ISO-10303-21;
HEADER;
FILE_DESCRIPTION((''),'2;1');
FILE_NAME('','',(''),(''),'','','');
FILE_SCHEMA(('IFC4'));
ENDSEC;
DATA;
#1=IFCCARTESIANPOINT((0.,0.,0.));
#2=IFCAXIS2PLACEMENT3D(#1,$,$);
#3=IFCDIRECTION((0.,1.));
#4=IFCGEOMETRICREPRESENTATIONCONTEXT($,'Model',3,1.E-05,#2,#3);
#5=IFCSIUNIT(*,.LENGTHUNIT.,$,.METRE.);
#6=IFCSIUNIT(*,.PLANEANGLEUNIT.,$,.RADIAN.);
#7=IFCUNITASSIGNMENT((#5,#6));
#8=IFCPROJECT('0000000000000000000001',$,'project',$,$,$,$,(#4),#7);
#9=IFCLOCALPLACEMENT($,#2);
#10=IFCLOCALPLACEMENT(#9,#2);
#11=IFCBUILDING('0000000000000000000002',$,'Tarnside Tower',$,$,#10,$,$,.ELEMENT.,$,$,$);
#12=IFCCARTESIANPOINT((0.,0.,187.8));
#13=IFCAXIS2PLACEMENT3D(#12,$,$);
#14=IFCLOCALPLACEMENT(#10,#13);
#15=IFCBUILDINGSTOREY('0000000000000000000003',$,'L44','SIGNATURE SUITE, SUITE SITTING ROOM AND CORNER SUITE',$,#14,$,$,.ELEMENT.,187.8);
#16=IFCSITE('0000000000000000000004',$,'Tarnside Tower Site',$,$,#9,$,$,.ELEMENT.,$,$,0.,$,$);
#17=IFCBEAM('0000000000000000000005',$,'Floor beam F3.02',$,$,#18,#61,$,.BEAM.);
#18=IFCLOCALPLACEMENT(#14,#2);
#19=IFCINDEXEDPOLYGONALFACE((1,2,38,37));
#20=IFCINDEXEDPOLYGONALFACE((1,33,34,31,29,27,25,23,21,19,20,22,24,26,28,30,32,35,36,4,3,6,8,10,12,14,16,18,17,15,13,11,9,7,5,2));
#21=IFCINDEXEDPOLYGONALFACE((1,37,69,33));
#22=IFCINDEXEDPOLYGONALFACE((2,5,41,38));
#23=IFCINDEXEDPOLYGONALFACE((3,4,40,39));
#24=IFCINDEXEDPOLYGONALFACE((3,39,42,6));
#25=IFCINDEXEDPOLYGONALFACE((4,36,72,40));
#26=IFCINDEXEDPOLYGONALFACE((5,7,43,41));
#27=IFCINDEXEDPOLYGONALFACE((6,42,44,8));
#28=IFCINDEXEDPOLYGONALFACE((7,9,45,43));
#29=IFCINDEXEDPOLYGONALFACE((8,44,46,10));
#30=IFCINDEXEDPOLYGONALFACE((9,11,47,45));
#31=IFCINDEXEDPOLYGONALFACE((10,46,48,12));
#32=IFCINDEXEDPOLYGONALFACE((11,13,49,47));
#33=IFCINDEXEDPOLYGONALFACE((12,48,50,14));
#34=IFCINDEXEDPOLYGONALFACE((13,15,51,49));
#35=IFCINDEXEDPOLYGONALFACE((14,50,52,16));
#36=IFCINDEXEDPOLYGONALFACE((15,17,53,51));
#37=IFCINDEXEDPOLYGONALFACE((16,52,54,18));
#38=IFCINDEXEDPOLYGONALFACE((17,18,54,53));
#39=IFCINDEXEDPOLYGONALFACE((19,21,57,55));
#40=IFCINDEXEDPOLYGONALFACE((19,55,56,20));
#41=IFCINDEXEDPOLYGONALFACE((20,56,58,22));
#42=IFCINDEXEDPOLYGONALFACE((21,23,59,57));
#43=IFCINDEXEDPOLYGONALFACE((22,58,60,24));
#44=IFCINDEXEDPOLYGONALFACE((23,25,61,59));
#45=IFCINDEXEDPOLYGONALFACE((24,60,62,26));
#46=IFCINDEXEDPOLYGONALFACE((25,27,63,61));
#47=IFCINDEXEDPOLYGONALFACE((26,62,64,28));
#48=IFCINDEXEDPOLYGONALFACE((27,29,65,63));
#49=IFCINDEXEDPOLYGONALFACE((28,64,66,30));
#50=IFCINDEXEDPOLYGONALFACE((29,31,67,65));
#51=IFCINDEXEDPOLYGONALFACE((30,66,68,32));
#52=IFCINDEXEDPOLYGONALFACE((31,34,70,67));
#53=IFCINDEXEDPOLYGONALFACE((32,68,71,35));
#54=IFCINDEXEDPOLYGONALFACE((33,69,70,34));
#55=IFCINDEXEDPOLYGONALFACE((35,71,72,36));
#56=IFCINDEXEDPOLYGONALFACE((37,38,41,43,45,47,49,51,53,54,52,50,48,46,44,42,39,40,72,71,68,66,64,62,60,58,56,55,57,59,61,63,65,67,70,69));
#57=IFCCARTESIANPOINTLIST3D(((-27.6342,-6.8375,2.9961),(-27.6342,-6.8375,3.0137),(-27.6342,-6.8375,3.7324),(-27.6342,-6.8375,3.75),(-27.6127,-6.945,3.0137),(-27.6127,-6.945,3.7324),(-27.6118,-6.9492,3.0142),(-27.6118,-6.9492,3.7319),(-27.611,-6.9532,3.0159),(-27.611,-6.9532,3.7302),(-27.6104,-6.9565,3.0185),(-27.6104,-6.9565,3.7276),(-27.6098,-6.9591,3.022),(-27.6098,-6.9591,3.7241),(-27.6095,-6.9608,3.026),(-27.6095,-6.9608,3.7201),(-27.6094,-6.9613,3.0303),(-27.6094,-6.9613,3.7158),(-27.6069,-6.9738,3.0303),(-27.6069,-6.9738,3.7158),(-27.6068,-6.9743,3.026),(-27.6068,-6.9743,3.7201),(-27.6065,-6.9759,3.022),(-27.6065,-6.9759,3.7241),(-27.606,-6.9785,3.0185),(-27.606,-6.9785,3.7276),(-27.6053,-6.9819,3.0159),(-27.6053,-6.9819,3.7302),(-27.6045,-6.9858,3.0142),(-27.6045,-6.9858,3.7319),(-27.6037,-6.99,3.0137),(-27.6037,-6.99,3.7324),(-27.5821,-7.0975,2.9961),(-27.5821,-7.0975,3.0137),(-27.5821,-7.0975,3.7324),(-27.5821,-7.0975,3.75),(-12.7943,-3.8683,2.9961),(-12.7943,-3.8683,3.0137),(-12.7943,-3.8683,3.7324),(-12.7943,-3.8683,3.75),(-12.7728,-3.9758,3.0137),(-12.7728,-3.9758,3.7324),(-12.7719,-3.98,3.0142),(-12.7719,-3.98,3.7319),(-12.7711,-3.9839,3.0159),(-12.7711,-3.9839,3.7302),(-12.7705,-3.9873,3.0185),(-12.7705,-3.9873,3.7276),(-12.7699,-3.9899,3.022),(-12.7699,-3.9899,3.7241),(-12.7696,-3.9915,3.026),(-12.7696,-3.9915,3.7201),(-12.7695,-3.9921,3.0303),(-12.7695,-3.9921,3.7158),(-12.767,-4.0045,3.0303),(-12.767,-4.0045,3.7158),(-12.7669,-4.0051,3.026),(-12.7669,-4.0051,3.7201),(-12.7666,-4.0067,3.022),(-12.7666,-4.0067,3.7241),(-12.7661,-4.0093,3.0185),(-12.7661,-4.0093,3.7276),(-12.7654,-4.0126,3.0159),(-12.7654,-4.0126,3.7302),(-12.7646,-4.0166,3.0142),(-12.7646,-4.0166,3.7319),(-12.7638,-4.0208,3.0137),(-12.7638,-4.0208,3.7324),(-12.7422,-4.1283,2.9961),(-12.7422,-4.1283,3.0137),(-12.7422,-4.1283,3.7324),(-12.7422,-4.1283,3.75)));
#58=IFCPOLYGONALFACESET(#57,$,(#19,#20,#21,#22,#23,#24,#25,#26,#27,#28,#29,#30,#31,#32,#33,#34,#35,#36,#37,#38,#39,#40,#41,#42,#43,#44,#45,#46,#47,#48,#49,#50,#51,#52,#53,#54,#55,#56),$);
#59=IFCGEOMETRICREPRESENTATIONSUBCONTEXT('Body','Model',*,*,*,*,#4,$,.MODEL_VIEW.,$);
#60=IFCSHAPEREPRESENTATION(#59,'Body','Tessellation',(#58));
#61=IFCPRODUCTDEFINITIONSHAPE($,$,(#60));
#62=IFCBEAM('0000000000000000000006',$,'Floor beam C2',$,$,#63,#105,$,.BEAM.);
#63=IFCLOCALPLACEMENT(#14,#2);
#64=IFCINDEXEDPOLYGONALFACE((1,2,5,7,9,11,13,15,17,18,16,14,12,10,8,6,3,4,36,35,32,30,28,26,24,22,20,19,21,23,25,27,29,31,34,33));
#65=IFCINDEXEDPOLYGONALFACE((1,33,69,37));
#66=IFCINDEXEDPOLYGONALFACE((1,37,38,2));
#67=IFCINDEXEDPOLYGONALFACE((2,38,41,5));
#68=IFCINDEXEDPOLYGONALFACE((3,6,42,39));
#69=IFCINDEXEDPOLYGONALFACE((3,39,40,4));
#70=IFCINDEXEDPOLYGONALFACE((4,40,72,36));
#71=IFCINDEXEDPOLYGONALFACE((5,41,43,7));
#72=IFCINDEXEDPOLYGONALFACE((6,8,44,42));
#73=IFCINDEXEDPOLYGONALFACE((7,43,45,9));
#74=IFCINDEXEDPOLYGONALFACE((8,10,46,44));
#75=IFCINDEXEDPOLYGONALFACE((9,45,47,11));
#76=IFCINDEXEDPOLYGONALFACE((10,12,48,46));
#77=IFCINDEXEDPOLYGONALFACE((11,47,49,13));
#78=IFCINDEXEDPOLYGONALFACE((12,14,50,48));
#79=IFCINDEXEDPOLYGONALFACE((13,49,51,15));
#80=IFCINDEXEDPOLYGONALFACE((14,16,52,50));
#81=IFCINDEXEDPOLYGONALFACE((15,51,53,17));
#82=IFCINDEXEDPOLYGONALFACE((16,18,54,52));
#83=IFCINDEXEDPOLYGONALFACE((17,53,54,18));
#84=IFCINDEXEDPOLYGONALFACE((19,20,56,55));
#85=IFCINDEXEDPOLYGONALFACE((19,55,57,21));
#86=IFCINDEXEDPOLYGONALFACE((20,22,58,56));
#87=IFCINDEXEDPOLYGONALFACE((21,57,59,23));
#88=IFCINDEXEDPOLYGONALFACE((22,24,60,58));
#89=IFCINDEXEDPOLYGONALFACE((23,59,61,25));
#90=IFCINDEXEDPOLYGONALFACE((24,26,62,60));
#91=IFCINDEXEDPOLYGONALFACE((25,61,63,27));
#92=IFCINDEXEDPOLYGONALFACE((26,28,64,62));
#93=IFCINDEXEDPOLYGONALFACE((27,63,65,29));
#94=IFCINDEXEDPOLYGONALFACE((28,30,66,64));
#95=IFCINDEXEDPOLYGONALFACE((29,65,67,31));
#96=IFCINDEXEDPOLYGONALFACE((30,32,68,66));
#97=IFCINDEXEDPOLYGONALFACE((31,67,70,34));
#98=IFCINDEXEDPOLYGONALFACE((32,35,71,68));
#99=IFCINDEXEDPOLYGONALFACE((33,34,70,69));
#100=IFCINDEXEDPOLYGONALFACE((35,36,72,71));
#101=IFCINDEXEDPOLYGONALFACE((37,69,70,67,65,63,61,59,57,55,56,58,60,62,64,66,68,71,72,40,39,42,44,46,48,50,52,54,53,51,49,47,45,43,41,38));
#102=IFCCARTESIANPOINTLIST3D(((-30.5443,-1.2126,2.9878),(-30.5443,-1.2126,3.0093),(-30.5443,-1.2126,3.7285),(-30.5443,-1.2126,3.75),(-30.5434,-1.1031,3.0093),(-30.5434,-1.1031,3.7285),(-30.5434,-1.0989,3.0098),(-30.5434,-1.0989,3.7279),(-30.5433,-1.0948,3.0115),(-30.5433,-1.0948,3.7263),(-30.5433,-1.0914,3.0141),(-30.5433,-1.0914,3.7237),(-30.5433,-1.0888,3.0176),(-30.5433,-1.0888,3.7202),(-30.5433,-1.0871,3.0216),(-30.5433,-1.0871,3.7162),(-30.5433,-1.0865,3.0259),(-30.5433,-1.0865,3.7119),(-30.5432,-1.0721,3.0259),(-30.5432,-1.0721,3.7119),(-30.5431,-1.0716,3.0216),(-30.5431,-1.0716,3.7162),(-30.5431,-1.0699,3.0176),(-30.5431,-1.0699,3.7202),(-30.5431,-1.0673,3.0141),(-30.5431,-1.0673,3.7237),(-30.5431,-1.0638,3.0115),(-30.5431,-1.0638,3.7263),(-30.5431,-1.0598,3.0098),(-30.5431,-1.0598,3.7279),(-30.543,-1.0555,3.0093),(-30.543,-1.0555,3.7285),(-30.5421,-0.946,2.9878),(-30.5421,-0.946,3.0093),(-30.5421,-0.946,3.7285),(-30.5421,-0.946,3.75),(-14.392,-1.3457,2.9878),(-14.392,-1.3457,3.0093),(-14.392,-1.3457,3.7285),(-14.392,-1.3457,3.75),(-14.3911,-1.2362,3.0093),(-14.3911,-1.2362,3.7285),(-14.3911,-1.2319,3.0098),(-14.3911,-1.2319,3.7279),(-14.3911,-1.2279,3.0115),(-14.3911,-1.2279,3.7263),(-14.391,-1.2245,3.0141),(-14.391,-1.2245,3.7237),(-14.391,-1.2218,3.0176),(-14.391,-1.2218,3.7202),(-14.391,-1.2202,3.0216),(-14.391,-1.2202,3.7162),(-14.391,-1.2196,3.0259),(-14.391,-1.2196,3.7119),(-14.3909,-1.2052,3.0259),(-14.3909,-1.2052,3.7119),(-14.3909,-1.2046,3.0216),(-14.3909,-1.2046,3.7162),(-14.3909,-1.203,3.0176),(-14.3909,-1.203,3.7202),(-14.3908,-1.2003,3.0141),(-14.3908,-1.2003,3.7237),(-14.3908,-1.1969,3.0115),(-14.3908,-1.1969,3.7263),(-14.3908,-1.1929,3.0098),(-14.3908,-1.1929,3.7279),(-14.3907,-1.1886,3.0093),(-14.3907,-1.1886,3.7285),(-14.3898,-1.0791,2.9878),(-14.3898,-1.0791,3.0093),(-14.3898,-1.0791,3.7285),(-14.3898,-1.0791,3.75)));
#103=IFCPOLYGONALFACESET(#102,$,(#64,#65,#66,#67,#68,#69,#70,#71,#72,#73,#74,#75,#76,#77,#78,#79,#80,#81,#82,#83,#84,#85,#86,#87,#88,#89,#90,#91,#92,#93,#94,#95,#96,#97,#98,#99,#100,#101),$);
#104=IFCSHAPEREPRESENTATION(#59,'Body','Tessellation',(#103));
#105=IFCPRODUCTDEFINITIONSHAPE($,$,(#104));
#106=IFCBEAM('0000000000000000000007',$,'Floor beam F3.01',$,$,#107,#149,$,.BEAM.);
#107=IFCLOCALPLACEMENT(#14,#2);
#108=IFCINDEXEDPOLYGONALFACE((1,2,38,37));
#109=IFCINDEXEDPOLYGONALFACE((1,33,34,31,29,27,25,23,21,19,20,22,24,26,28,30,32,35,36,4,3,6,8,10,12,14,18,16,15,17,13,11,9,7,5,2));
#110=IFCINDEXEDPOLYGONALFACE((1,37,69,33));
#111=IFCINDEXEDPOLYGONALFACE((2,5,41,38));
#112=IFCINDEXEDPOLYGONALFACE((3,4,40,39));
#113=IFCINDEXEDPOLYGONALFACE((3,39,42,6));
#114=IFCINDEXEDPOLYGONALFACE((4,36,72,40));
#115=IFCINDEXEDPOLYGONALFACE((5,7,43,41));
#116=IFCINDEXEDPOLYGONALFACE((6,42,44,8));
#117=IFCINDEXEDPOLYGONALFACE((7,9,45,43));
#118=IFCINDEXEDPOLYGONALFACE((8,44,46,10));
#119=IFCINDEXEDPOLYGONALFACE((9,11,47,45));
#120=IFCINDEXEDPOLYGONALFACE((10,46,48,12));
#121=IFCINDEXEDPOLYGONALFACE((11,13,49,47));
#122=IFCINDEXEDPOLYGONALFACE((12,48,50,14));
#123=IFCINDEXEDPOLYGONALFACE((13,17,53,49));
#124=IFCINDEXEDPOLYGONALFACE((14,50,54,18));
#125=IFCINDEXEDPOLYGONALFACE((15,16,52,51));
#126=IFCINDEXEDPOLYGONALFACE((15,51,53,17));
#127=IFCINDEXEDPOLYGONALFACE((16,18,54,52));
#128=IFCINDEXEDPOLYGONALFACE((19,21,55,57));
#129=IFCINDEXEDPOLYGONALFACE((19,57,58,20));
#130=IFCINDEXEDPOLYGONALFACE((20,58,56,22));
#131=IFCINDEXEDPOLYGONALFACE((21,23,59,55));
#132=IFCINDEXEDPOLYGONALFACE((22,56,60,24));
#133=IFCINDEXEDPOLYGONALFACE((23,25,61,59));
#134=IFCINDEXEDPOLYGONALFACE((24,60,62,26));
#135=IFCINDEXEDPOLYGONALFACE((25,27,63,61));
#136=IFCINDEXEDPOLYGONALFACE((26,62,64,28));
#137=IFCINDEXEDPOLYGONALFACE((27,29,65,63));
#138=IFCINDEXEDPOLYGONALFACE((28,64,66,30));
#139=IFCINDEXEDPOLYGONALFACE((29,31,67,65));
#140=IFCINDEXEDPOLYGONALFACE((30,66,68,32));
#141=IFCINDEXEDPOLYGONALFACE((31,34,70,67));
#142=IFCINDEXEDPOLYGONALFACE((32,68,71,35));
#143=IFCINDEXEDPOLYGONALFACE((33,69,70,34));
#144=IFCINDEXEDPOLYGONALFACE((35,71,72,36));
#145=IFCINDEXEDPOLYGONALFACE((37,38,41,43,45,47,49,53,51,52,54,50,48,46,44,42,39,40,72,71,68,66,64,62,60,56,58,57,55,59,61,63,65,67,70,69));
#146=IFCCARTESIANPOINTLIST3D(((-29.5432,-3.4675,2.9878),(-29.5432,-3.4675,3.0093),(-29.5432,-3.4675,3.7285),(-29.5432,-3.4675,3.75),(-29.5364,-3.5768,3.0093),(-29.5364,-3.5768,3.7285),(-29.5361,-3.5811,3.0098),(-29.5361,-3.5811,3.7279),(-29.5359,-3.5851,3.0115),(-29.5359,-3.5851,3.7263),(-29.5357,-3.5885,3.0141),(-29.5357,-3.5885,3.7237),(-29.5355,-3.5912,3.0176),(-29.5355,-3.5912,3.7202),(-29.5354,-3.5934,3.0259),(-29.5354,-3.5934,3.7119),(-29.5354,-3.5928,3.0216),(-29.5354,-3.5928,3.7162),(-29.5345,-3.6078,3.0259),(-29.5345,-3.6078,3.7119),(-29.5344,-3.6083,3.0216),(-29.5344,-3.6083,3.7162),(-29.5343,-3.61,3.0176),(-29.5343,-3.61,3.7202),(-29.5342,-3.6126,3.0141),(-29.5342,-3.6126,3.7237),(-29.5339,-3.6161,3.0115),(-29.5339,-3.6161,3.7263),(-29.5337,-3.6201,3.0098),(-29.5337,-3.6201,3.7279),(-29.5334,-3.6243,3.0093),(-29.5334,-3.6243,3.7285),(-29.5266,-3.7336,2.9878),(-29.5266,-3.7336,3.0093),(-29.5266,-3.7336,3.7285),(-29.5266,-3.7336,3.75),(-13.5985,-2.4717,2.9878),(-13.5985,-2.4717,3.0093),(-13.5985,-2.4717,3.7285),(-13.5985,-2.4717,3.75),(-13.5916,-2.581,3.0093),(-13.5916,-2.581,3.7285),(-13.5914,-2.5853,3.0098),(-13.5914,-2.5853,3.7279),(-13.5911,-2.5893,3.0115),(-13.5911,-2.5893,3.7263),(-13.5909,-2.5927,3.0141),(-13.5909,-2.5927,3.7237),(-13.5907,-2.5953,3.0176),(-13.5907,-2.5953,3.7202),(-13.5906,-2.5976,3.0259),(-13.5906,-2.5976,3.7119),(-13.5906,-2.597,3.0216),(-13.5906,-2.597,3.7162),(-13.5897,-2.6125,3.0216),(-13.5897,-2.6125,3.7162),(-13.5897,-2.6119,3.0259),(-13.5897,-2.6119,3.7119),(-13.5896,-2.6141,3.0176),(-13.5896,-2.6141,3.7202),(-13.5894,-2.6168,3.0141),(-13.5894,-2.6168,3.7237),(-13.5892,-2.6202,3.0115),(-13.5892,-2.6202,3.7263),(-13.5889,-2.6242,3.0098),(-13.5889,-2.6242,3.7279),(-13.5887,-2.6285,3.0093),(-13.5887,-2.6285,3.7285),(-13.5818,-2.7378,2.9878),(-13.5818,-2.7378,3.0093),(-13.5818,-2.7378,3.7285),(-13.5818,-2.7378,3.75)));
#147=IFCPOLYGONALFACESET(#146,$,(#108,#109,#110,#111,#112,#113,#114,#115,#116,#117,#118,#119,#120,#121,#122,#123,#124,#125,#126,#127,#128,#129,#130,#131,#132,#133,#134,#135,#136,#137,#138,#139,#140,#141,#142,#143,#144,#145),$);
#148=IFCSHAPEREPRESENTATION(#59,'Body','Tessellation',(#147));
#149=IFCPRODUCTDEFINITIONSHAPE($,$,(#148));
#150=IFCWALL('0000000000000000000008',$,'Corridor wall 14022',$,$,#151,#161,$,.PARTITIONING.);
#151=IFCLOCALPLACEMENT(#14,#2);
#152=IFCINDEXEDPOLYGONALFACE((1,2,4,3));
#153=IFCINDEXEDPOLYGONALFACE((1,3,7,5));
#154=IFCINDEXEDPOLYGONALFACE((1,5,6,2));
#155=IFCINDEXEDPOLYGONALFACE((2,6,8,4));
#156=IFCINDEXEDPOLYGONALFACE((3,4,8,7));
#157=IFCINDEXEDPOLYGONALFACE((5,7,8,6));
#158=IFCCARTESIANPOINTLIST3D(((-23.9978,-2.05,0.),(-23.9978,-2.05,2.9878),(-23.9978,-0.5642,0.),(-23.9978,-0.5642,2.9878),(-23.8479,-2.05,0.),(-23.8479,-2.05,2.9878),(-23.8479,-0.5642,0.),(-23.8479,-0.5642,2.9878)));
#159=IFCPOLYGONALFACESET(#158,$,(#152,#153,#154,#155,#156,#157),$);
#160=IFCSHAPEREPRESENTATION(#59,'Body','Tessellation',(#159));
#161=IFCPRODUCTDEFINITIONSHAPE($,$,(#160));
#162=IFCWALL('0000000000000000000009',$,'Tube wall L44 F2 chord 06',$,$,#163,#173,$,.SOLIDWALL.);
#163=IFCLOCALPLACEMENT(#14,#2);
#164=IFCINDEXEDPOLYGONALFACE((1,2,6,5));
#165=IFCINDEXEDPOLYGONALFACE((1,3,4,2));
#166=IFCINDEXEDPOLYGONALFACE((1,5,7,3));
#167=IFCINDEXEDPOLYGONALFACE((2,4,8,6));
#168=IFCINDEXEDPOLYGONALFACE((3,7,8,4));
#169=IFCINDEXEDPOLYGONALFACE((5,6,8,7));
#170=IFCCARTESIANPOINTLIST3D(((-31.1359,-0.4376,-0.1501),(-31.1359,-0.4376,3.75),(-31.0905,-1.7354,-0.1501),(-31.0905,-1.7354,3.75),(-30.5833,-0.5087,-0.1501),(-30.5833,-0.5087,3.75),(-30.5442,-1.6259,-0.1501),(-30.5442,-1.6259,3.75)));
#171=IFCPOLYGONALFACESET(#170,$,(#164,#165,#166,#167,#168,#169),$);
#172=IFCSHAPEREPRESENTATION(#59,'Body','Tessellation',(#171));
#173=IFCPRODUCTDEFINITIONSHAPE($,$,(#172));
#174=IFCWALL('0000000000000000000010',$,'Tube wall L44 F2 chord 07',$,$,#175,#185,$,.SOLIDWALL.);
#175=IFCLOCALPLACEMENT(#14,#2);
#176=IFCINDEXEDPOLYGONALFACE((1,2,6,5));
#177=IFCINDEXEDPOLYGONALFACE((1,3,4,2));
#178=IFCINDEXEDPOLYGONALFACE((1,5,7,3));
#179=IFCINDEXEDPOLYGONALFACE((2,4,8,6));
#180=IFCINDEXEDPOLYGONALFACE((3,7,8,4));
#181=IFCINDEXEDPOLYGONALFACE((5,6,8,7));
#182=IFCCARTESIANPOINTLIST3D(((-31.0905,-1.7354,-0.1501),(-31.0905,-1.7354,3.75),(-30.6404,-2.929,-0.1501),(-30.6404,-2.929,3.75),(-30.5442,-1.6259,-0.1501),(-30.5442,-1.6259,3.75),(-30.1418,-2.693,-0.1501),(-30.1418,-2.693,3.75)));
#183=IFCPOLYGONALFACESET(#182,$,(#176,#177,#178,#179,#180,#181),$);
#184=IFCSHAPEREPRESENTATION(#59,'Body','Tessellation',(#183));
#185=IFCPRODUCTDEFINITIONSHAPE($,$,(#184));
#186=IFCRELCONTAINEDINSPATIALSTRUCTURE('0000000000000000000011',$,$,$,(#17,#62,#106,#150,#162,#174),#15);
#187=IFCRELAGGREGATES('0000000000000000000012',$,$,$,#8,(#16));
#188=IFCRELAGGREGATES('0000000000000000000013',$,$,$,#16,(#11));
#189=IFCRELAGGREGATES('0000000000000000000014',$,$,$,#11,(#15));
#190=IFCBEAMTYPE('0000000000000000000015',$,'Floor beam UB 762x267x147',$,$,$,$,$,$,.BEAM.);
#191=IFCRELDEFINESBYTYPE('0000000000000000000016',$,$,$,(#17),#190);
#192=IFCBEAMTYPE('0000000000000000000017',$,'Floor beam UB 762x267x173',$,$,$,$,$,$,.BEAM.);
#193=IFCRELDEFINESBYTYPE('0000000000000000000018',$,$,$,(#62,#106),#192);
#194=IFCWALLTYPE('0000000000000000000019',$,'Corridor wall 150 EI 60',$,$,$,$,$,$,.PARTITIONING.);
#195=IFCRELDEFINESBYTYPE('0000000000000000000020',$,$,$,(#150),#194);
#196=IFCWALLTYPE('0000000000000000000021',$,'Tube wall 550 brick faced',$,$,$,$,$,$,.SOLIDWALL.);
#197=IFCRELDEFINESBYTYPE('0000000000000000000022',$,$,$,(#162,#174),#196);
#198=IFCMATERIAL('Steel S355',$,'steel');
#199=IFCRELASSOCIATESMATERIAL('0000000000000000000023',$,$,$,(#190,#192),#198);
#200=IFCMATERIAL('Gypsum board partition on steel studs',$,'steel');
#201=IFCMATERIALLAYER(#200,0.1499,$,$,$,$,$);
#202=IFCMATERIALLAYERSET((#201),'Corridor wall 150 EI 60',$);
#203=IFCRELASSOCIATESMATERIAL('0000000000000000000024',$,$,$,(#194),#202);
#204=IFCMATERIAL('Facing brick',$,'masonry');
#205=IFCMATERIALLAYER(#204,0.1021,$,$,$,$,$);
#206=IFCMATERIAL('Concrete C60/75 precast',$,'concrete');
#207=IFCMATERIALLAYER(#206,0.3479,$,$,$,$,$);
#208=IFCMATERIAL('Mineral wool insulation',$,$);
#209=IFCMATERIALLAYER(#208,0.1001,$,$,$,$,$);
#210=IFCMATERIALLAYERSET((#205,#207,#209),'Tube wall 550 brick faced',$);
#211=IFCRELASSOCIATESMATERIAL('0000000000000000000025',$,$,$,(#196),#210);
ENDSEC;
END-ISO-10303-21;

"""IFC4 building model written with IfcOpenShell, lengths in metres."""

from ifc_helpers import new_model, si_unit, direction, frame, frame_2d, origin, origin_2d, place, context, subcontext, project, spatial, polyline, rectangle, i_section, outline, extrude, material, layer, layer_set, material_profile, profile_set, type_object, element, save


model = new_model("IFC4")

# Units and contexts
model_context = context("Model", 3, precision=1e-05, world=origin(), true_north=direction((0.0, 1.0)))
body_context = subcontext(model_context, "Body", "Model", "MODEL_VIEW")
ifc_project = project(units=[si_unit("LENGTHUNIT", "METRE"), si_unit("PLANEANGLEUNIT", "RADIAN")], contexts=[model_context])

# Site, building, storey
site_placement = place(None, origin())
site = spatial("IfcSite", under=ifc_project, at=site_placement, Name="Tarnside Tower Site", CompositionType="ELEMENT", RefElevation=0.0)
building_placement = place(site_placement, origin())
building = spatial("IfcBuilding", under=site, at=building_placement, Name="Tarnside Tower", CompositionType="ELEMENT")
storey_placement = place(building_placement, frame((0.0, 0.0, 187.8)))
storey = spatial("IfcBuildingStorey", under=building, at=storey_placement, Name="L44", Description="SIGNATURE SUITE, SUITE SITTING ROOM AND CORNER SUITE", CompositionType="ELEMENT", Elevation=187.8)

# Beams
ifc_material_1 = material(Name="Steel S355", Category="steel")
ifc_material_profile_1 = material_profile(ifc_material_1, i_section(OverallWidth=0.2651, OverallDepth=0.7539, WebThickness=0.0127, FlangeThickness=0.0176, FilletRadius=0.0166, at=origin_2d()), Name="UB 762x267x147")
ifc_profile_set_1 = profile_set([ifc_material_profile_1], Name="Steel S355")
beam_type_1 = type_object("IfcBeamType", Name="Floor beam UB 762x267x147", PredefinedType="BEAM", material=ifc_profile_set_1)
beam_1_placement = place(storey_placement, frame((-27.6082, -6.9675, 3.373), z_axis=(0.980565, 0.196197, 0.0), x_axis=(-0.196197, 0.980565, 0.0)))
element("IfcBeam", 1, at=beam_1_placement, inside=storey, type_object=beam_type_1, Name="Floor beam F3.02", PredefinedType="BEAM", context=body_context, shape_type="SweptSolid", body=[
    extrude(i_section(OverallWidth=0.2651, OverallDepth=0.7539, WebThickness=0.0127, FlangeThickness=0.0176, FilletRadius=0.0166, at=origin_2d()), origin(), (0.0, 0.0, 1.0), 15.134),
])
ifc_material_profile_2 = material_profile(ifc_material_1, i_section(OverallWidth=0.2666, OverallDepth=0.7622, WebThickness=0.0144, FlangeThickness=0.0215, FilletRadius=0.0166, at=origin_2d()), Name="UB 762x267x173")
ifc_profile_set_2 = profile_set([ifc_material_profile_2], Name="Steel S355")
beam_type_2 = type_object("IfcBeamType", Name="Floor beam UB 762x267x173", PredefinedType="BEAM", material=ifc_profile_set_2)
beam_2_placement = place(storey_placement, frame((-30.5432, -1.0793, 3.3689), z_axis=(0.999966, -0.008237, 0.0), x_axis=(0.008237, 0.999966, 0.0)))
element("IfcBeam", 2, at=beam_2_placement, inside=storey, type_object=beam_type_2, Name="Floor beam C2", PredefinedType="BEAM", context=body_context, shape_type="SweptSolid", body=[
    extrude(i_section(OverallWidth=0.2666, OverallDepth=0.7622, WebThickness=0.0144, FlangeThickness=0.0215, FilletRadius=0.0166, at=origin_2d()), origin(), (0.0, 0.0, 1.0), 16.1528),
])
beam_3_placement = place(storey_placement, frame((-29.5349, -3.6006, 3.3689), z_axis=(0.998055, 0.062335, 0.0), x_axis=(-0.062335, 0.998055, 0.0)))
element("IfcBeam", 3, at=beam_3_placement, inside=storey, type_object=beam_type_2, Name="Floor beam F3.01", PredefinedType="BEAM", context=body_context, shape_type="SweptSolid", body=[
    extrude(i_section(OverallWidth=0.2666, OverallDepth=0.7622, WebThickness=0.0144, FlangeThickness=0.0215, FilletRadius=0.0166, at=origin_2d()), origin(), (0.0, 0.0, 1.0), 15.9758),
])

# Walls
ifc_material_2 = material(Name="Gypsum board partition on steel studs", Category="steel")
ifc_layer_1 = layer(ifc_material_2, 0.1499)
ifc_layer_set_1 = layer_set([ifc_layer_1], Name="Corridor wall 150 EI 60")
wall_type_1 = type_object("IfcWallType", Name="Corridor wall 150 EI 60", PredefinedType="PARTITIONING", material=ifc_layer_set_1)
wall_1_placement = place(storey_placement, frame((-23.9229, -0.5642, 0.0), z_axis=(0.0, 0.0, 1.0), x_axis=(0.0, -1.0, 0.0)))
element("IfcWall", 4, at=wall_1_placement, inside=storey, type_object=wall_type_1, Name="Corridor wall 14022", PredefinedType="PARTITIONING", context=body_context, shape_type="SweptSolid", body=[
    extrude(rectangle(XDim=1.4858, YDim=0.1499, at=frame_2d((0.7429, 0.0))), origin(), (0.0, 0.0, 1.0), 2.9878),
])
ifc_material_3 = material(Name="Facing brick", Category="masonry")
ifc_layer_2 = layer(ifc_material_3, 0.1021)
ifc_material_4 = material(Name="Concrete C60/75 precast", Category="concrete")
ifc_layer_3 = layer(ifc_material_4, 0.3479)
ifc_material_5 = material(Name="Mineral wool insulation")
ifc_layer_4 = layer(ifc_material_5, 0.1001)
ifc_layer_set_2 = layer_set([ifc_layer_2, ifc_layer_3, ifc_layer_4], Name="Tube wall 550 brick faced")
wall_type_2 = type_object("IfcWallType", Name="Tube wall 550 brick faced", PredefinedType="SOLIDWALL", material=ifc_layer_set_2)
wall_2_placement = place(storey_placement, frame((-30.8596, -0.4731, -0.1501), z_axis=(0.0, 0.0, 1.0), x_axis=(0.034956, -0.999389, 0.0)))
element("IfcWall", 5, at=wall_2_placement, inside=storey, type_object=wall_type_2, Name="Tube wall L44 F2 chord 06", PredefinedType="SOLIDWALL", context=body_context, shape_type="SweptSolid", body=[
    extrude(outline(polyline([(-0.0452, -0.2749), (1.2534, -0.2749), (1.1631, 0.2749), (0.0452, 0.2749), (-0.0452, -0.2749)])), origin(), (0.0, 0.0, 1.0), 3.9001),
])
wall_3_placement = place(storey_placement, frame((-30.8174, -1.6807, -0.1501), z_axis=(0.0, 0.0, 1.0), x_axis=(0.35285, -0.93568, 0.0)))
element("IfcWall", 6, at=wall_3_placement, inside=storey, type_object=wall_type_2, Name="Tube wall L44 F2 chord 07", PredefinedType="SOLIDWALL", context=body_context, shape_type="SweptSolid", body=[
    extrude(outline(polyline([(-0.0452, -0.2749), (1.2305, -0.2749), (1.1855, 0.2749), (0.0452, 0.2749), (-0.0452, -0.2749)])), origin(), (0.0, 0.0, 1.0), 3.9001),
])

save(model, "model.ifc")
